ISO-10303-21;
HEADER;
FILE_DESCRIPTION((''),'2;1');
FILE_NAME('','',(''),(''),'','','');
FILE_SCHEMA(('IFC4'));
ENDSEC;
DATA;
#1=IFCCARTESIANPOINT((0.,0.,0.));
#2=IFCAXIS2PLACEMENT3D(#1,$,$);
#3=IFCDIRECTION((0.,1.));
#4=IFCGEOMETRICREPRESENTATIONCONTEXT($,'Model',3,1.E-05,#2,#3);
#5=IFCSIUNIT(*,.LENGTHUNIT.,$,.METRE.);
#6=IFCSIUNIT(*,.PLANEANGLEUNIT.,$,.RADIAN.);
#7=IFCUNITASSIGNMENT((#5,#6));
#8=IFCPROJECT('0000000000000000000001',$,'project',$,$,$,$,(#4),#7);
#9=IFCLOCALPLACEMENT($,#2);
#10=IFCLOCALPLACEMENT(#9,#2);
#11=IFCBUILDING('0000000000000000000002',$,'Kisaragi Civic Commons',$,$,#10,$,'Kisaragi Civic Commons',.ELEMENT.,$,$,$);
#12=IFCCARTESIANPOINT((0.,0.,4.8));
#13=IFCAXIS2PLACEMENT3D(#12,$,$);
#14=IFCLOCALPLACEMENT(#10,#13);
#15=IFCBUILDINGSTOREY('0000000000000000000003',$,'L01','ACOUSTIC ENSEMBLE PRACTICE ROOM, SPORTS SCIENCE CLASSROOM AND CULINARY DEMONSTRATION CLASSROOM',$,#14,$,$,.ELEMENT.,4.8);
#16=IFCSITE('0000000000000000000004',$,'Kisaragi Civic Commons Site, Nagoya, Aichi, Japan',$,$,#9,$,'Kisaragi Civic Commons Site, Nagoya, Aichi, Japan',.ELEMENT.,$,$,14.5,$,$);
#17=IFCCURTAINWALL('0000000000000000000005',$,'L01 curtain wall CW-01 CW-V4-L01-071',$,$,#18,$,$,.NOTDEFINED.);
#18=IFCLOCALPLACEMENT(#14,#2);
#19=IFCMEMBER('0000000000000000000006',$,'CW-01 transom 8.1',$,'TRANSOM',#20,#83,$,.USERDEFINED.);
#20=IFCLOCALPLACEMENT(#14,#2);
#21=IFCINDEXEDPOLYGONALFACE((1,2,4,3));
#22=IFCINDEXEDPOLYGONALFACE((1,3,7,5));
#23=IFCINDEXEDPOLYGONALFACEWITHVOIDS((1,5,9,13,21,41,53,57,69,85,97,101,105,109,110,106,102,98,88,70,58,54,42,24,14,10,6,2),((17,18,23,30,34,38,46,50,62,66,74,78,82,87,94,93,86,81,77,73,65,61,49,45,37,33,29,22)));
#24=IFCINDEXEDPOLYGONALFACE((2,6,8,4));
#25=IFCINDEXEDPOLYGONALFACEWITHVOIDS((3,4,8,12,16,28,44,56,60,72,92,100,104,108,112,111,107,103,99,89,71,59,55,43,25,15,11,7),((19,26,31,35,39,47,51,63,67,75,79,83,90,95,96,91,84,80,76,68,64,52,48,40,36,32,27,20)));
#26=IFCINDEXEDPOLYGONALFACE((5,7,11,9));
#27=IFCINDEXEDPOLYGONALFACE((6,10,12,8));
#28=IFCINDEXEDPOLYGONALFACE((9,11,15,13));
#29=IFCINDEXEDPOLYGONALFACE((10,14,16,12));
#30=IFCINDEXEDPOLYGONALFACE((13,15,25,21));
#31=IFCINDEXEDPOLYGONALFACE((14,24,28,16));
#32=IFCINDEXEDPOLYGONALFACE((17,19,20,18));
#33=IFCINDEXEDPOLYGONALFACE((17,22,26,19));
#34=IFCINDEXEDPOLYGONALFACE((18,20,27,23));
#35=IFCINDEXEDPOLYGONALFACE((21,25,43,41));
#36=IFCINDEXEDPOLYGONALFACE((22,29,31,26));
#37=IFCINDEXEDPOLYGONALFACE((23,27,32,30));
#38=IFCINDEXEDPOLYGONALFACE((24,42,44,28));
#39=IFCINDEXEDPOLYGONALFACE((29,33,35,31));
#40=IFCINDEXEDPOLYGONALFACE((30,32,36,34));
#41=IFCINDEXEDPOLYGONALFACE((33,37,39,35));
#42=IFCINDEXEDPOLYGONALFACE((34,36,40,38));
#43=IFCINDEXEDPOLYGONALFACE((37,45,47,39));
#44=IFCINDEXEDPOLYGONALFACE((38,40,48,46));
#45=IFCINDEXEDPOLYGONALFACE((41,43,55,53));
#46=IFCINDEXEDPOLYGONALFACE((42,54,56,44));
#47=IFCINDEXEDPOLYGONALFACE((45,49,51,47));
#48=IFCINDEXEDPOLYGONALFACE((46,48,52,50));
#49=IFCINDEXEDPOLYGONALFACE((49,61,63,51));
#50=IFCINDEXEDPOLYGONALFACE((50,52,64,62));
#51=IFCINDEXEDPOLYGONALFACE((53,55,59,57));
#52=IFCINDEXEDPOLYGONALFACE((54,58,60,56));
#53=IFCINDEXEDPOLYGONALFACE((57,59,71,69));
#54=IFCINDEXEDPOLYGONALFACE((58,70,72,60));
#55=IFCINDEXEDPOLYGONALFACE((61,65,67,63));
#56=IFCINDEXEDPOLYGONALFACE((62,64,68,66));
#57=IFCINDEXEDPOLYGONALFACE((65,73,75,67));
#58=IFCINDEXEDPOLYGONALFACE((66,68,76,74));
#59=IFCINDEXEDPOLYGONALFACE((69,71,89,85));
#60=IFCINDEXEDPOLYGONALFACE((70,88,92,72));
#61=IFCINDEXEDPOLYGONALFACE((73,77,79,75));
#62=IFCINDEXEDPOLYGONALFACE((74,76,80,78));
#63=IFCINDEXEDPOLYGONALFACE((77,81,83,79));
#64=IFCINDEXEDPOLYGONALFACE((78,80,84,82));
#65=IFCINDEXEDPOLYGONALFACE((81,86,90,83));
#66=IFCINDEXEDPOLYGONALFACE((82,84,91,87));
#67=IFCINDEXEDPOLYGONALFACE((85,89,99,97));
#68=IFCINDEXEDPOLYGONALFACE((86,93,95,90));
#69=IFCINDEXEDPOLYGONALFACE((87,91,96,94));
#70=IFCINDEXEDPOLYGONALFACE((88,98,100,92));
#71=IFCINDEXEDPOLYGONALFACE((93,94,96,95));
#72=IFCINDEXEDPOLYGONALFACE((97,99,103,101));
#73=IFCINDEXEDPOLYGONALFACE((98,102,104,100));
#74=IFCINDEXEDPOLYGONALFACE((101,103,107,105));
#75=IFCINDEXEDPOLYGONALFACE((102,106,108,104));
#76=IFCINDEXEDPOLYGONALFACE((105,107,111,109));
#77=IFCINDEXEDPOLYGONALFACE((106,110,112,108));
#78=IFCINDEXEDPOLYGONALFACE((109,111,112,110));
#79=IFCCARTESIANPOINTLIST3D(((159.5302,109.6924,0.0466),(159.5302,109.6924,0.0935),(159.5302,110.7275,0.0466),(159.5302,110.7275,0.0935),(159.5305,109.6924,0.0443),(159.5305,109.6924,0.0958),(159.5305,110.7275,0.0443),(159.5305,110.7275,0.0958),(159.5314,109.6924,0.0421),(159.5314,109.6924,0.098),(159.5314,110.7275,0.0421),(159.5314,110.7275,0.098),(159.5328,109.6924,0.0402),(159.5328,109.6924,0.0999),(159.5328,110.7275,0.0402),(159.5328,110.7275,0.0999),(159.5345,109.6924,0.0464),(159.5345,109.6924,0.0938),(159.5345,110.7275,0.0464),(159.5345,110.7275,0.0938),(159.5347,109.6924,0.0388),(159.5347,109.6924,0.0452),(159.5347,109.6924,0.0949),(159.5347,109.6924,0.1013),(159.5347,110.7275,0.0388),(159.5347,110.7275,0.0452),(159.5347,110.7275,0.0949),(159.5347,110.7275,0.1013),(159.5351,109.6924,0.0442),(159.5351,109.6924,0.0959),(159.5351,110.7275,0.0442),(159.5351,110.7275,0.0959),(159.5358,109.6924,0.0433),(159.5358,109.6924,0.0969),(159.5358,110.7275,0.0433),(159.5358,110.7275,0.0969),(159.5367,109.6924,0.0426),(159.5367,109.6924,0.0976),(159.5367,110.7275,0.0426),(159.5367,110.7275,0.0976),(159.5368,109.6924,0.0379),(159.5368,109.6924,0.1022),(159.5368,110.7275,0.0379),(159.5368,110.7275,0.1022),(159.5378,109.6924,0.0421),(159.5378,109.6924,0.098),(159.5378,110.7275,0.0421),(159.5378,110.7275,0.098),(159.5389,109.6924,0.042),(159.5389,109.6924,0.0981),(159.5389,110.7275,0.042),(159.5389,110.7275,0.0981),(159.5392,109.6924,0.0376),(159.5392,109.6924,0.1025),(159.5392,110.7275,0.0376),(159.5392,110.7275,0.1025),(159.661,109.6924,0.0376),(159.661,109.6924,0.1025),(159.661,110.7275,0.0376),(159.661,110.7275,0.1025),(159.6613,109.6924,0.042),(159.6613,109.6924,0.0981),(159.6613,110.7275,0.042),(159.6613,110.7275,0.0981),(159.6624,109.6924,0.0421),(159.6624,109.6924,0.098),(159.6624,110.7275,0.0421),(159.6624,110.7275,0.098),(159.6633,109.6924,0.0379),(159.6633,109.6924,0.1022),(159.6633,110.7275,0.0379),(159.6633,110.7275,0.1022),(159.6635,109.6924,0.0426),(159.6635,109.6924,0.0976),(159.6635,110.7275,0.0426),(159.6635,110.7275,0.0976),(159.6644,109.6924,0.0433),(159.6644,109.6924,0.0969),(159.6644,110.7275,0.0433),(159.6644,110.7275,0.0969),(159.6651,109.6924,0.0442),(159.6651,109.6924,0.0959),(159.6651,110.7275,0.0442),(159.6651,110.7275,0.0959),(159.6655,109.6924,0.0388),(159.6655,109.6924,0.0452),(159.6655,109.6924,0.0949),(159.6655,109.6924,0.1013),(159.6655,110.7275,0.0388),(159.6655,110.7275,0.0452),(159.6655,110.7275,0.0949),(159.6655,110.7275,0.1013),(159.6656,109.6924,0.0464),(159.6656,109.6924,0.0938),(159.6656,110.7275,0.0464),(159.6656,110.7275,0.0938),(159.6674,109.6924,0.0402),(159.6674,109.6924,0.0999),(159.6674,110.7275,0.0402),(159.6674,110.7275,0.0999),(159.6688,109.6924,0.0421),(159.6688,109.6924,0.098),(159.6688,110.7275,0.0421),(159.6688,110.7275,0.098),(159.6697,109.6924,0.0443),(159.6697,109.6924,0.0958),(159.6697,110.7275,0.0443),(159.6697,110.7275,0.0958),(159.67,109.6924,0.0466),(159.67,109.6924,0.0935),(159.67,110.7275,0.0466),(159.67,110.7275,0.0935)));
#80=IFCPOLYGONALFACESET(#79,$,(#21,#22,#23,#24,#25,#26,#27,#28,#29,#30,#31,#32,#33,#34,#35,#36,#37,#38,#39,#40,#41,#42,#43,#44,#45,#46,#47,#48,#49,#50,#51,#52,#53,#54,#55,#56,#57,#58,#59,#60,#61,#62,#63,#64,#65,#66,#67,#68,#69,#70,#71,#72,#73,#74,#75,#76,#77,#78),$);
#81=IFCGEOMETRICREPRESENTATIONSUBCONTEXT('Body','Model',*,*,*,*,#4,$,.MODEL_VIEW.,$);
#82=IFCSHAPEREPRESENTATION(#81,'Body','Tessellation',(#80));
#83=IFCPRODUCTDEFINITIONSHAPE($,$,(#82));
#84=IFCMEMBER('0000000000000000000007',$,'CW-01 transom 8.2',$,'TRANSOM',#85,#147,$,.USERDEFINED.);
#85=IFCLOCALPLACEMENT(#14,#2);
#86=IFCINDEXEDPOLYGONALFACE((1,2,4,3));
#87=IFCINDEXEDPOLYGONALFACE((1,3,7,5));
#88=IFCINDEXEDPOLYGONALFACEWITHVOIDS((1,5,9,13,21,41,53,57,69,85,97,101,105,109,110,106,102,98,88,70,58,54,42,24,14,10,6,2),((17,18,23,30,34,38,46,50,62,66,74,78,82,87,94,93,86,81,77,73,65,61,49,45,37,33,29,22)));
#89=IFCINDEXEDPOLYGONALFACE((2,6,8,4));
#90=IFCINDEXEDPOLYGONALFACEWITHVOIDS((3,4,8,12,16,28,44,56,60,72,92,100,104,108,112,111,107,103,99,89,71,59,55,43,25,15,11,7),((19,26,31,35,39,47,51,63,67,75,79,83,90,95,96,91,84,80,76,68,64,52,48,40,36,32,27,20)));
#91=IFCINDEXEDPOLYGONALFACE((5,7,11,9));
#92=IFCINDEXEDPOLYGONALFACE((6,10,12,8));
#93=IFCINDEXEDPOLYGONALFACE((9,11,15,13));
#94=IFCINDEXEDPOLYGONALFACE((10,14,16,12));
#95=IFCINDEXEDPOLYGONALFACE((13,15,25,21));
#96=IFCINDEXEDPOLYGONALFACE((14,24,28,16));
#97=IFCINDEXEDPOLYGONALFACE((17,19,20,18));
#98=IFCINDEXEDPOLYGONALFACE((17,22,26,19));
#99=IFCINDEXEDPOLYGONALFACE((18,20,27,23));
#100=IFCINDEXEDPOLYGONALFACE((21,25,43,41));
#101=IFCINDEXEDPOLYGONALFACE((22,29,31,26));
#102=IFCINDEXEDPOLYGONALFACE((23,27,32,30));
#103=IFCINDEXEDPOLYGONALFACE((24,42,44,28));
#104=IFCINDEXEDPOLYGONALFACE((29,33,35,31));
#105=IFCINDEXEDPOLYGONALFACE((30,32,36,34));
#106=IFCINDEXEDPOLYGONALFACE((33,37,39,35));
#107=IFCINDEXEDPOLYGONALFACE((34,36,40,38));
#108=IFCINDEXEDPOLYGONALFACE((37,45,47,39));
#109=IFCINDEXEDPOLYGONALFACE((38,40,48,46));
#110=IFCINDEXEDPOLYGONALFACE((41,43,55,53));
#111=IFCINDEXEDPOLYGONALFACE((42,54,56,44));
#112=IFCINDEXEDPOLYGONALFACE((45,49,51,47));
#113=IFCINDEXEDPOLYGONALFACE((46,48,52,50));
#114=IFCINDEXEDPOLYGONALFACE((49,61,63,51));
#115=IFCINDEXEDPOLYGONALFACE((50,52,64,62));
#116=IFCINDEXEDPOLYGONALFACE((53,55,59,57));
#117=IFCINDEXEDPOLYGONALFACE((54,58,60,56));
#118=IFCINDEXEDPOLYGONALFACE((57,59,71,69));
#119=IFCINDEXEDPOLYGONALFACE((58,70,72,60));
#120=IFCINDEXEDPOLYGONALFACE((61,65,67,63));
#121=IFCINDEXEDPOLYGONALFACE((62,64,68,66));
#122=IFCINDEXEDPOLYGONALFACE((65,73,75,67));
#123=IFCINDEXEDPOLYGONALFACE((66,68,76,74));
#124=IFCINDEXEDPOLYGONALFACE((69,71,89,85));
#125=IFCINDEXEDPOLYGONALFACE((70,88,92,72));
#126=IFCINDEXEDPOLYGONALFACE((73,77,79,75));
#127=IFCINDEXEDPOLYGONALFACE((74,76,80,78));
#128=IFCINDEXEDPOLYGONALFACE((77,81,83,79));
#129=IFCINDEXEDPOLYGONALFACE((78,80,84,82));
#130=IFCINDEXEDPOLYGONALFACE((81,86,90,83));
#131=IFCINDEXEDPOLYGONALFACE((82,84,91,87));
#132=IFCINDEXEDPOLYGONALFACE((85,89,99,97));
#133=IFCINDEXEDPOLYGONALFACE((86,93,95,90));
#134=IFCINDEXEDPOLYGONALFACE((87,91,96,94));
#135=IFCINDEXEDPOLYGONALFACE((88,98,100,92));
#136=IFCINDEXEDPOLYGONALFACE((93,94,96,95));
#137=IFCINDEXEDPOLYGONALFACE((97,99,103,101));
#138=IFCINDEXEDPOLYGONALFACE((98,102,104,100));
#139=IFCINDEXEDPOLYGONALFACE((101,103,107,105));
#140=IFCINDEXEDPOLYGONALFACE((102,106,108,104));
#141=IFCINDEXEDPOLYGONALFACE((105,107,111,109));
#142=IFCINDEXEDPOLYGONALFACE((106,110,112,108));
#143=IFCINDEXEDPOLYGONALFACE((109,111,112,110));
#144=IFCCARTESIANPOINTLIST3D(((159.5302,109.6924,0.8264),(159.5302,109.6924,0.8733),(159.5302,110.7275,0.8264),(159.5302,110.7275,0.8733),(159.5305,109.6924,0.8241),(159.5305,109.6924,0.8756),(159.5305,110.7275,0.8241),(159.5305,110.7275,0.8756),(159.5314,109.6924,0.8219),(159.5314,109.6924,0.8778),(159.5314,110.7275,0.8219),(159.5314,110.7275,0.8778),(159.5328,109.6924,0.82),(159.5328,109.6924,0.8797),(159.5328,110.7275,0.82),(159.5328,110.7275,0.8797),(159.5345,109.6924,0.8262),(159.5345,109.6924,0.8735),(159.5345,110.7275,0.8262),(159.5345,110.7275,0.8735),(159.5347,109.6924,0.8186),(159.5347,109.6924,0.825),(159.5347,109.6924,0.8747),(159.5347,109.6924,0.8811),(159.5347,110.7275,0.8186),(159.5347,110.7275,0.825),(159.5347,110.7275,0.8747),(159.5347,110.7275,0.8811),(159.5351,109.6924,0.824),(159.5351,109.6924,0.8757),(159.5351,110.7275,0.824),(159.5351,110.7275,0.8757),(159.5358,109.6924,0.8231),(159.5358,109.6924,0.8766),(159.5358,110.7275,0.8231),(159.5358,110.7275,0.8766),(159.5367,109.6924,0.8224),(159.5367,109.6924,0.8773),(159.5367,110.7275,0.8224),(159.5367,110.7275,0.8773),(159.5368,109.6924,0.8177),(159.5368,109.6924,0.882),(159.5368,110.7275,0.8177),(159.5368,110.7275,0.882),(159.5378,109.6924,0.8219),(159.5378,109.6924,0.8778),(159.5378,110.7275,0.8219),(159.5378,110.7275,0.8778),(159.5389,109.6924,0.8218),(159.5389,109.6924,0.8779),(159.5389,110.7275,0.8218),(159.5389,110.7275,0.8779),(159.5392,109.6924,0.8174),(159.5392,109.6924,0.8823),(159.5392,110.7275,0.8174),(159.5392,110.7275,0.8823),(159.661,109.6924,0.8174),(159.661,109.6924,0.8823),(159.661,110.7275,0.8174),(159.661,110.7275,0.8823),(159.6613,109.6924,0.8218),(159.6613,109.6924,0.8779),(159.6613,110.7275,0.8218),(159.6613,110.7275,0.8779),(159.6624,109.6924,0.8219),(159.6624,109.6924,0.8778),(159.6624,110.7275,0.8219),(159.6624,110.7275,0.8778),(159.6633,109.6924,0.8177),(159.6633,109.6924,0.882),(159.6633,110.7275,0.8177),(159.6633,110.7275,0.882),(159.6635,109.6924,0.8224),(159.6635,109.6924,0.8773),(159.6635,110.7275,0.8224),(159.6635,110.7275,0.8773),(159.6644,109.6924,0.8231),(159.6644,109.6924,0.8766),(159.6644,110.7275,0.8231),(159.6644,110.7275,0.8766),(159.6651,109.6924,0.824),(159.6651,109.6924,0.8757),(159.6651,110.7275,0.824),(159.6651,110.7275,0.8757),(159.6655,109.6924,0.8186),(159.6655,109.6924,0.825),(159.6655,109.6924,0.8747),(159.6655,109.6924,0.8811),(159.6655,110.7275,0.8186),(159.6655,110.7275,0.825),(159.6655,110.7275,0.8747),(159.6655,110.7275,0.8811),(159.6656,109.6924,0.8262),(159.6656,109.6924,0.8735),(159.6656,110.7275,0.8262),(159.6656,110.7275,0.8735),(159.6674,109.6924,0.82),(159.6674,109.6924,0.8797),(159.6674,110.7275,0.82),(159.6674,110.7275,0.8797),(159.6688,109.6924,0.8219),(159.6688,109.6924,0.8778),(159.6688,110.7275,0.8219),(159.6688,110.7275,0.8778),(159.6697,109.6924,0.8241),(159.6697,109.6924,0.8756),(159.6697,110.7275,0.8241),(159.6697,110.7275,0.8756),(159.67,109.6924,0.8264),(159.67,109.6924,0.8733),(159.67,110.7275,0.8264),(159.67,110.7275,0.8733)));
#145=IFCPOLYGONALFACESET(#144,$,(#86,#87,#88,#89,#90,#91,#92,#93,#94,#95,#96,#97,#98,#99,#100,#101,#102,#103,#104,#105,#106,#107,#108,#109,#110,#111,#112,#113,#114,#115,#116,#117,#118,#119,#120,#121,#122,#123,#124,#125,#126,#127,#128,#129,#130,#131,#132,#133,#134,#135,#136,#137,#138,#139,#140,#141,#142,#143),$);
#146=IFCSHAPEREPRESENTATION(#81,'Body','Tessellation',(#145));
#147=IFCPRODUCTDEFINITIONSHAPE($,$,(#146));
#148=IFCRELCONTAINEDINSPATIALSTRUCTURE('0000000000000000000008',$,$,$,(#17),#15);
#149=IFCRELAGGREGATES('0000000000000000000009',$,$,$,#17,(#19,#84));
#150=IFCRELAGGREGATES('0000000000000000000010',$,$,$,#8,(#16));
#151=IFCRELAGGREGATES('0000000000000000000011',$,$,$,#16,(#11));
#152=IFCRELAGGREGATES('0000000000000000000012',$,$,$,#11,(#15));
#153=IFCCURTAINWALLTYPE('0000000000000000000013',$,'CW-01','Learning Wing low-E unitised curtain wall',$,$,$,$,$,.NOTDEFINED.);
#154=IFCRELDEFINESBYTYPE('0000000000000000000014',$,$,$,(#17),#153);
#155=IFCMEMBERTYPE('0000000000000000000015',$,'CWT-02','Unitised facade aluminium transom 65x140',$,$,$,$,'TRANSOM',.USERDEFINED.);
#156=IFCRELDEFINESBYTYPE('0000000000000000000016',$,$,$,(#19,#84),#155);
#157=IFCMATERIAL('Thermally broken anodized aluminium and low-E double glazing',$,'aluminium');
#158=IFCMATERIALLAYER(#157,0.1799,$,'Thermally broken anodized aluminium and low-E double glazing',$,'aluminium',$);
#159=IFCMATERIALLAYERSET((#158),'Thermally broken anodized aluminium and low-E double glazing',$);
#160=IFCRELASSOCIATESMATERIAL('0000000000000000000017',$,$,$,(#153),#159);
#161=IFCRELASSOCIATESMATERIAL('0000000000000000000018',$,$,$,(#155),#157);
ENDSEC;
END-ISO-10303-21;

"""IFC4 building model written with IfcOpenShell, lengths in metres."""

from ifc_helpers import new_model, si_unit, direction, frame, origin, origin_2d, place, context, subcontext, project, spatial, hollow_rectangle, extrude, material, layer, layer_set, material_profile, profile_set, type_object, element, aggregate, save


model = new_model("IFC4")

# Units and contexts
model_context = context("Model", 3, precision=1e-05, world=origin(), true_north=direction((0.0, 1.0)))
body_context = subcontext(model_context, "Body", "Model", "MODEL_VIEW")
ifc_project = project(units=[si_unit("LENGTHUNIT", "METRE"), si_unit("PLANEANGLEUNIT", "RADIAN")], contexts=[model_context])

# Site, building, storey
site_placement = place(None, origin())
site = spatial("IfcSite", under=ifc_project, at=site_placement, Name="Kisaragi Civic Commons Site, Nagoya, Aichi, Japan", LongName="Kisaragi Civic Commons Site, Nagoya, Aichi, Japan", CompositionType="ELEMENT", RefElevation=14.5)
building_placement = place(site_placement, origin())
building = spatial("IfcBuilding", under=site, at=building_placement, Name="Kisaragi Civic Commons", LongName="Kisaragi Civic Commons", CompositionType="ELEMENT")
storey_placement = place(building_placement, frame((0.0, 0.0, 4.8)))
storey = spatial("IfcBuildingStorey", under=building, at=storey_placement, Name="L01", Description="ACOUSTIC ENSEMBLE PRACTICE ROOM, SPORTS SCIENCE CLASSROOM AND CULINARY DEMONSTRATION CLASSROOM", CompositionType="ELEMENT", Elevation=4.8)

# Curtain wall, members
ifc_material_1 = material(Name="Thermally broken anodized aluminium and low-E double glazing", Category="aluminium")
ifc_layer_1 = layer(ifc_material_1, 0.1799, Name="Thermally broken anodized aluminium and low-E double glazing", Category="aluminium")
ifc_layer_set_1 = layer_set([ifc_layer_1], Name="Thermally broken anodized aluminium and low-E double glazing")
curtain_wall_type = type_object("IfcCurtainWallType", Name="CW-01", Description="Learning Wing low-E unitised curtain wall", PredefinedType="NOTDEFINED", material=ifc_layer_set_1)
curtain_wall_placement = place(storey_placement, origin())
curtain_wall = element("IfcCurtainWall", 1, at=curtain_wall_placement, inside=storey, type_object=curtain_wall_type, Name="L01 curtain wall CW-01 CW-V4-L01-071", PredefinedType="NOTDEFINED")
ifc_material_profile_1 = material_profile(ifc_material_1, hollow_rectangle(XDim=0.1399, YDim=0.0649, WallThickness=0.0044, InnerFilletRadius=0.0044, OuterFilletRadius=0.009, at=origin_2d()), Name="CWT-65x140x4.5", Category="aluminium")
ifc_profile_set_1 = profile_set([ifc_material_profile_1], Name="Thermally broken anodized aluminium and low-E double glazing")
member_type_1 = type_object("IfcMemberType", Name="CWT-02", Description="Unitised facade aluminium transom 65x140", ElementType="TRANSOM", PredefinedType="USERDEFINED", material=ifc_profile_set_1)
member_1_placement = place(storey_placement, frame((159.6001, 110.7275, 0.0701), z_axis=(0.0, -1.0, 0.0), x_axis=(1.0, 0.0, 0.0)))
member_1 = element("IfcMember", 2, at=member_1_placement, type_object=member_type_1, Name="CW-01 transom 8.1", ObjectType="TRANSOM", PredefinedType="USERDEFINED", context=body_context, shape_type="SweptSolid", body=[
    extrude(hollow_rectangle(XDim=0.1399, YDim=0.0649, WallThickness=0.0044, InnerFilletRadius=0.0044, OuterFilletRadius=0.009, at=origin_2d()), origin(), (0.0, 0.0, 1.0), 1.0352),
])
member_2_placement = place(storey_placement, frame((159.6001, 110.7275, 0.8499), z_axis=(0.0, -1.0, 0.0), x_axis=(1.0, 0.0, 0.0)))
member_2 = element("IfcMember", 3, at=member_2_placement, type_object=member_type_1, Name="CW-01 transom 8.2", ObjectType="TRANSOM", PredefinedType="USERDEFINED", context=body_context, shape_type="SweptSolid", body=[
    extrude(hollow_rectangle(XDim=0.1399, YDim=0.0649, WallThickness=0.0044, InnerFilletRadius=0.0044, OuterFilletRadius=0.009, at=origin_2d()), origin(), (0.0, 0.0, 1.0), 1.0352),
])
aggregate(curtain_wall, [member_1, member_2])

save(model, "model.ifc")
